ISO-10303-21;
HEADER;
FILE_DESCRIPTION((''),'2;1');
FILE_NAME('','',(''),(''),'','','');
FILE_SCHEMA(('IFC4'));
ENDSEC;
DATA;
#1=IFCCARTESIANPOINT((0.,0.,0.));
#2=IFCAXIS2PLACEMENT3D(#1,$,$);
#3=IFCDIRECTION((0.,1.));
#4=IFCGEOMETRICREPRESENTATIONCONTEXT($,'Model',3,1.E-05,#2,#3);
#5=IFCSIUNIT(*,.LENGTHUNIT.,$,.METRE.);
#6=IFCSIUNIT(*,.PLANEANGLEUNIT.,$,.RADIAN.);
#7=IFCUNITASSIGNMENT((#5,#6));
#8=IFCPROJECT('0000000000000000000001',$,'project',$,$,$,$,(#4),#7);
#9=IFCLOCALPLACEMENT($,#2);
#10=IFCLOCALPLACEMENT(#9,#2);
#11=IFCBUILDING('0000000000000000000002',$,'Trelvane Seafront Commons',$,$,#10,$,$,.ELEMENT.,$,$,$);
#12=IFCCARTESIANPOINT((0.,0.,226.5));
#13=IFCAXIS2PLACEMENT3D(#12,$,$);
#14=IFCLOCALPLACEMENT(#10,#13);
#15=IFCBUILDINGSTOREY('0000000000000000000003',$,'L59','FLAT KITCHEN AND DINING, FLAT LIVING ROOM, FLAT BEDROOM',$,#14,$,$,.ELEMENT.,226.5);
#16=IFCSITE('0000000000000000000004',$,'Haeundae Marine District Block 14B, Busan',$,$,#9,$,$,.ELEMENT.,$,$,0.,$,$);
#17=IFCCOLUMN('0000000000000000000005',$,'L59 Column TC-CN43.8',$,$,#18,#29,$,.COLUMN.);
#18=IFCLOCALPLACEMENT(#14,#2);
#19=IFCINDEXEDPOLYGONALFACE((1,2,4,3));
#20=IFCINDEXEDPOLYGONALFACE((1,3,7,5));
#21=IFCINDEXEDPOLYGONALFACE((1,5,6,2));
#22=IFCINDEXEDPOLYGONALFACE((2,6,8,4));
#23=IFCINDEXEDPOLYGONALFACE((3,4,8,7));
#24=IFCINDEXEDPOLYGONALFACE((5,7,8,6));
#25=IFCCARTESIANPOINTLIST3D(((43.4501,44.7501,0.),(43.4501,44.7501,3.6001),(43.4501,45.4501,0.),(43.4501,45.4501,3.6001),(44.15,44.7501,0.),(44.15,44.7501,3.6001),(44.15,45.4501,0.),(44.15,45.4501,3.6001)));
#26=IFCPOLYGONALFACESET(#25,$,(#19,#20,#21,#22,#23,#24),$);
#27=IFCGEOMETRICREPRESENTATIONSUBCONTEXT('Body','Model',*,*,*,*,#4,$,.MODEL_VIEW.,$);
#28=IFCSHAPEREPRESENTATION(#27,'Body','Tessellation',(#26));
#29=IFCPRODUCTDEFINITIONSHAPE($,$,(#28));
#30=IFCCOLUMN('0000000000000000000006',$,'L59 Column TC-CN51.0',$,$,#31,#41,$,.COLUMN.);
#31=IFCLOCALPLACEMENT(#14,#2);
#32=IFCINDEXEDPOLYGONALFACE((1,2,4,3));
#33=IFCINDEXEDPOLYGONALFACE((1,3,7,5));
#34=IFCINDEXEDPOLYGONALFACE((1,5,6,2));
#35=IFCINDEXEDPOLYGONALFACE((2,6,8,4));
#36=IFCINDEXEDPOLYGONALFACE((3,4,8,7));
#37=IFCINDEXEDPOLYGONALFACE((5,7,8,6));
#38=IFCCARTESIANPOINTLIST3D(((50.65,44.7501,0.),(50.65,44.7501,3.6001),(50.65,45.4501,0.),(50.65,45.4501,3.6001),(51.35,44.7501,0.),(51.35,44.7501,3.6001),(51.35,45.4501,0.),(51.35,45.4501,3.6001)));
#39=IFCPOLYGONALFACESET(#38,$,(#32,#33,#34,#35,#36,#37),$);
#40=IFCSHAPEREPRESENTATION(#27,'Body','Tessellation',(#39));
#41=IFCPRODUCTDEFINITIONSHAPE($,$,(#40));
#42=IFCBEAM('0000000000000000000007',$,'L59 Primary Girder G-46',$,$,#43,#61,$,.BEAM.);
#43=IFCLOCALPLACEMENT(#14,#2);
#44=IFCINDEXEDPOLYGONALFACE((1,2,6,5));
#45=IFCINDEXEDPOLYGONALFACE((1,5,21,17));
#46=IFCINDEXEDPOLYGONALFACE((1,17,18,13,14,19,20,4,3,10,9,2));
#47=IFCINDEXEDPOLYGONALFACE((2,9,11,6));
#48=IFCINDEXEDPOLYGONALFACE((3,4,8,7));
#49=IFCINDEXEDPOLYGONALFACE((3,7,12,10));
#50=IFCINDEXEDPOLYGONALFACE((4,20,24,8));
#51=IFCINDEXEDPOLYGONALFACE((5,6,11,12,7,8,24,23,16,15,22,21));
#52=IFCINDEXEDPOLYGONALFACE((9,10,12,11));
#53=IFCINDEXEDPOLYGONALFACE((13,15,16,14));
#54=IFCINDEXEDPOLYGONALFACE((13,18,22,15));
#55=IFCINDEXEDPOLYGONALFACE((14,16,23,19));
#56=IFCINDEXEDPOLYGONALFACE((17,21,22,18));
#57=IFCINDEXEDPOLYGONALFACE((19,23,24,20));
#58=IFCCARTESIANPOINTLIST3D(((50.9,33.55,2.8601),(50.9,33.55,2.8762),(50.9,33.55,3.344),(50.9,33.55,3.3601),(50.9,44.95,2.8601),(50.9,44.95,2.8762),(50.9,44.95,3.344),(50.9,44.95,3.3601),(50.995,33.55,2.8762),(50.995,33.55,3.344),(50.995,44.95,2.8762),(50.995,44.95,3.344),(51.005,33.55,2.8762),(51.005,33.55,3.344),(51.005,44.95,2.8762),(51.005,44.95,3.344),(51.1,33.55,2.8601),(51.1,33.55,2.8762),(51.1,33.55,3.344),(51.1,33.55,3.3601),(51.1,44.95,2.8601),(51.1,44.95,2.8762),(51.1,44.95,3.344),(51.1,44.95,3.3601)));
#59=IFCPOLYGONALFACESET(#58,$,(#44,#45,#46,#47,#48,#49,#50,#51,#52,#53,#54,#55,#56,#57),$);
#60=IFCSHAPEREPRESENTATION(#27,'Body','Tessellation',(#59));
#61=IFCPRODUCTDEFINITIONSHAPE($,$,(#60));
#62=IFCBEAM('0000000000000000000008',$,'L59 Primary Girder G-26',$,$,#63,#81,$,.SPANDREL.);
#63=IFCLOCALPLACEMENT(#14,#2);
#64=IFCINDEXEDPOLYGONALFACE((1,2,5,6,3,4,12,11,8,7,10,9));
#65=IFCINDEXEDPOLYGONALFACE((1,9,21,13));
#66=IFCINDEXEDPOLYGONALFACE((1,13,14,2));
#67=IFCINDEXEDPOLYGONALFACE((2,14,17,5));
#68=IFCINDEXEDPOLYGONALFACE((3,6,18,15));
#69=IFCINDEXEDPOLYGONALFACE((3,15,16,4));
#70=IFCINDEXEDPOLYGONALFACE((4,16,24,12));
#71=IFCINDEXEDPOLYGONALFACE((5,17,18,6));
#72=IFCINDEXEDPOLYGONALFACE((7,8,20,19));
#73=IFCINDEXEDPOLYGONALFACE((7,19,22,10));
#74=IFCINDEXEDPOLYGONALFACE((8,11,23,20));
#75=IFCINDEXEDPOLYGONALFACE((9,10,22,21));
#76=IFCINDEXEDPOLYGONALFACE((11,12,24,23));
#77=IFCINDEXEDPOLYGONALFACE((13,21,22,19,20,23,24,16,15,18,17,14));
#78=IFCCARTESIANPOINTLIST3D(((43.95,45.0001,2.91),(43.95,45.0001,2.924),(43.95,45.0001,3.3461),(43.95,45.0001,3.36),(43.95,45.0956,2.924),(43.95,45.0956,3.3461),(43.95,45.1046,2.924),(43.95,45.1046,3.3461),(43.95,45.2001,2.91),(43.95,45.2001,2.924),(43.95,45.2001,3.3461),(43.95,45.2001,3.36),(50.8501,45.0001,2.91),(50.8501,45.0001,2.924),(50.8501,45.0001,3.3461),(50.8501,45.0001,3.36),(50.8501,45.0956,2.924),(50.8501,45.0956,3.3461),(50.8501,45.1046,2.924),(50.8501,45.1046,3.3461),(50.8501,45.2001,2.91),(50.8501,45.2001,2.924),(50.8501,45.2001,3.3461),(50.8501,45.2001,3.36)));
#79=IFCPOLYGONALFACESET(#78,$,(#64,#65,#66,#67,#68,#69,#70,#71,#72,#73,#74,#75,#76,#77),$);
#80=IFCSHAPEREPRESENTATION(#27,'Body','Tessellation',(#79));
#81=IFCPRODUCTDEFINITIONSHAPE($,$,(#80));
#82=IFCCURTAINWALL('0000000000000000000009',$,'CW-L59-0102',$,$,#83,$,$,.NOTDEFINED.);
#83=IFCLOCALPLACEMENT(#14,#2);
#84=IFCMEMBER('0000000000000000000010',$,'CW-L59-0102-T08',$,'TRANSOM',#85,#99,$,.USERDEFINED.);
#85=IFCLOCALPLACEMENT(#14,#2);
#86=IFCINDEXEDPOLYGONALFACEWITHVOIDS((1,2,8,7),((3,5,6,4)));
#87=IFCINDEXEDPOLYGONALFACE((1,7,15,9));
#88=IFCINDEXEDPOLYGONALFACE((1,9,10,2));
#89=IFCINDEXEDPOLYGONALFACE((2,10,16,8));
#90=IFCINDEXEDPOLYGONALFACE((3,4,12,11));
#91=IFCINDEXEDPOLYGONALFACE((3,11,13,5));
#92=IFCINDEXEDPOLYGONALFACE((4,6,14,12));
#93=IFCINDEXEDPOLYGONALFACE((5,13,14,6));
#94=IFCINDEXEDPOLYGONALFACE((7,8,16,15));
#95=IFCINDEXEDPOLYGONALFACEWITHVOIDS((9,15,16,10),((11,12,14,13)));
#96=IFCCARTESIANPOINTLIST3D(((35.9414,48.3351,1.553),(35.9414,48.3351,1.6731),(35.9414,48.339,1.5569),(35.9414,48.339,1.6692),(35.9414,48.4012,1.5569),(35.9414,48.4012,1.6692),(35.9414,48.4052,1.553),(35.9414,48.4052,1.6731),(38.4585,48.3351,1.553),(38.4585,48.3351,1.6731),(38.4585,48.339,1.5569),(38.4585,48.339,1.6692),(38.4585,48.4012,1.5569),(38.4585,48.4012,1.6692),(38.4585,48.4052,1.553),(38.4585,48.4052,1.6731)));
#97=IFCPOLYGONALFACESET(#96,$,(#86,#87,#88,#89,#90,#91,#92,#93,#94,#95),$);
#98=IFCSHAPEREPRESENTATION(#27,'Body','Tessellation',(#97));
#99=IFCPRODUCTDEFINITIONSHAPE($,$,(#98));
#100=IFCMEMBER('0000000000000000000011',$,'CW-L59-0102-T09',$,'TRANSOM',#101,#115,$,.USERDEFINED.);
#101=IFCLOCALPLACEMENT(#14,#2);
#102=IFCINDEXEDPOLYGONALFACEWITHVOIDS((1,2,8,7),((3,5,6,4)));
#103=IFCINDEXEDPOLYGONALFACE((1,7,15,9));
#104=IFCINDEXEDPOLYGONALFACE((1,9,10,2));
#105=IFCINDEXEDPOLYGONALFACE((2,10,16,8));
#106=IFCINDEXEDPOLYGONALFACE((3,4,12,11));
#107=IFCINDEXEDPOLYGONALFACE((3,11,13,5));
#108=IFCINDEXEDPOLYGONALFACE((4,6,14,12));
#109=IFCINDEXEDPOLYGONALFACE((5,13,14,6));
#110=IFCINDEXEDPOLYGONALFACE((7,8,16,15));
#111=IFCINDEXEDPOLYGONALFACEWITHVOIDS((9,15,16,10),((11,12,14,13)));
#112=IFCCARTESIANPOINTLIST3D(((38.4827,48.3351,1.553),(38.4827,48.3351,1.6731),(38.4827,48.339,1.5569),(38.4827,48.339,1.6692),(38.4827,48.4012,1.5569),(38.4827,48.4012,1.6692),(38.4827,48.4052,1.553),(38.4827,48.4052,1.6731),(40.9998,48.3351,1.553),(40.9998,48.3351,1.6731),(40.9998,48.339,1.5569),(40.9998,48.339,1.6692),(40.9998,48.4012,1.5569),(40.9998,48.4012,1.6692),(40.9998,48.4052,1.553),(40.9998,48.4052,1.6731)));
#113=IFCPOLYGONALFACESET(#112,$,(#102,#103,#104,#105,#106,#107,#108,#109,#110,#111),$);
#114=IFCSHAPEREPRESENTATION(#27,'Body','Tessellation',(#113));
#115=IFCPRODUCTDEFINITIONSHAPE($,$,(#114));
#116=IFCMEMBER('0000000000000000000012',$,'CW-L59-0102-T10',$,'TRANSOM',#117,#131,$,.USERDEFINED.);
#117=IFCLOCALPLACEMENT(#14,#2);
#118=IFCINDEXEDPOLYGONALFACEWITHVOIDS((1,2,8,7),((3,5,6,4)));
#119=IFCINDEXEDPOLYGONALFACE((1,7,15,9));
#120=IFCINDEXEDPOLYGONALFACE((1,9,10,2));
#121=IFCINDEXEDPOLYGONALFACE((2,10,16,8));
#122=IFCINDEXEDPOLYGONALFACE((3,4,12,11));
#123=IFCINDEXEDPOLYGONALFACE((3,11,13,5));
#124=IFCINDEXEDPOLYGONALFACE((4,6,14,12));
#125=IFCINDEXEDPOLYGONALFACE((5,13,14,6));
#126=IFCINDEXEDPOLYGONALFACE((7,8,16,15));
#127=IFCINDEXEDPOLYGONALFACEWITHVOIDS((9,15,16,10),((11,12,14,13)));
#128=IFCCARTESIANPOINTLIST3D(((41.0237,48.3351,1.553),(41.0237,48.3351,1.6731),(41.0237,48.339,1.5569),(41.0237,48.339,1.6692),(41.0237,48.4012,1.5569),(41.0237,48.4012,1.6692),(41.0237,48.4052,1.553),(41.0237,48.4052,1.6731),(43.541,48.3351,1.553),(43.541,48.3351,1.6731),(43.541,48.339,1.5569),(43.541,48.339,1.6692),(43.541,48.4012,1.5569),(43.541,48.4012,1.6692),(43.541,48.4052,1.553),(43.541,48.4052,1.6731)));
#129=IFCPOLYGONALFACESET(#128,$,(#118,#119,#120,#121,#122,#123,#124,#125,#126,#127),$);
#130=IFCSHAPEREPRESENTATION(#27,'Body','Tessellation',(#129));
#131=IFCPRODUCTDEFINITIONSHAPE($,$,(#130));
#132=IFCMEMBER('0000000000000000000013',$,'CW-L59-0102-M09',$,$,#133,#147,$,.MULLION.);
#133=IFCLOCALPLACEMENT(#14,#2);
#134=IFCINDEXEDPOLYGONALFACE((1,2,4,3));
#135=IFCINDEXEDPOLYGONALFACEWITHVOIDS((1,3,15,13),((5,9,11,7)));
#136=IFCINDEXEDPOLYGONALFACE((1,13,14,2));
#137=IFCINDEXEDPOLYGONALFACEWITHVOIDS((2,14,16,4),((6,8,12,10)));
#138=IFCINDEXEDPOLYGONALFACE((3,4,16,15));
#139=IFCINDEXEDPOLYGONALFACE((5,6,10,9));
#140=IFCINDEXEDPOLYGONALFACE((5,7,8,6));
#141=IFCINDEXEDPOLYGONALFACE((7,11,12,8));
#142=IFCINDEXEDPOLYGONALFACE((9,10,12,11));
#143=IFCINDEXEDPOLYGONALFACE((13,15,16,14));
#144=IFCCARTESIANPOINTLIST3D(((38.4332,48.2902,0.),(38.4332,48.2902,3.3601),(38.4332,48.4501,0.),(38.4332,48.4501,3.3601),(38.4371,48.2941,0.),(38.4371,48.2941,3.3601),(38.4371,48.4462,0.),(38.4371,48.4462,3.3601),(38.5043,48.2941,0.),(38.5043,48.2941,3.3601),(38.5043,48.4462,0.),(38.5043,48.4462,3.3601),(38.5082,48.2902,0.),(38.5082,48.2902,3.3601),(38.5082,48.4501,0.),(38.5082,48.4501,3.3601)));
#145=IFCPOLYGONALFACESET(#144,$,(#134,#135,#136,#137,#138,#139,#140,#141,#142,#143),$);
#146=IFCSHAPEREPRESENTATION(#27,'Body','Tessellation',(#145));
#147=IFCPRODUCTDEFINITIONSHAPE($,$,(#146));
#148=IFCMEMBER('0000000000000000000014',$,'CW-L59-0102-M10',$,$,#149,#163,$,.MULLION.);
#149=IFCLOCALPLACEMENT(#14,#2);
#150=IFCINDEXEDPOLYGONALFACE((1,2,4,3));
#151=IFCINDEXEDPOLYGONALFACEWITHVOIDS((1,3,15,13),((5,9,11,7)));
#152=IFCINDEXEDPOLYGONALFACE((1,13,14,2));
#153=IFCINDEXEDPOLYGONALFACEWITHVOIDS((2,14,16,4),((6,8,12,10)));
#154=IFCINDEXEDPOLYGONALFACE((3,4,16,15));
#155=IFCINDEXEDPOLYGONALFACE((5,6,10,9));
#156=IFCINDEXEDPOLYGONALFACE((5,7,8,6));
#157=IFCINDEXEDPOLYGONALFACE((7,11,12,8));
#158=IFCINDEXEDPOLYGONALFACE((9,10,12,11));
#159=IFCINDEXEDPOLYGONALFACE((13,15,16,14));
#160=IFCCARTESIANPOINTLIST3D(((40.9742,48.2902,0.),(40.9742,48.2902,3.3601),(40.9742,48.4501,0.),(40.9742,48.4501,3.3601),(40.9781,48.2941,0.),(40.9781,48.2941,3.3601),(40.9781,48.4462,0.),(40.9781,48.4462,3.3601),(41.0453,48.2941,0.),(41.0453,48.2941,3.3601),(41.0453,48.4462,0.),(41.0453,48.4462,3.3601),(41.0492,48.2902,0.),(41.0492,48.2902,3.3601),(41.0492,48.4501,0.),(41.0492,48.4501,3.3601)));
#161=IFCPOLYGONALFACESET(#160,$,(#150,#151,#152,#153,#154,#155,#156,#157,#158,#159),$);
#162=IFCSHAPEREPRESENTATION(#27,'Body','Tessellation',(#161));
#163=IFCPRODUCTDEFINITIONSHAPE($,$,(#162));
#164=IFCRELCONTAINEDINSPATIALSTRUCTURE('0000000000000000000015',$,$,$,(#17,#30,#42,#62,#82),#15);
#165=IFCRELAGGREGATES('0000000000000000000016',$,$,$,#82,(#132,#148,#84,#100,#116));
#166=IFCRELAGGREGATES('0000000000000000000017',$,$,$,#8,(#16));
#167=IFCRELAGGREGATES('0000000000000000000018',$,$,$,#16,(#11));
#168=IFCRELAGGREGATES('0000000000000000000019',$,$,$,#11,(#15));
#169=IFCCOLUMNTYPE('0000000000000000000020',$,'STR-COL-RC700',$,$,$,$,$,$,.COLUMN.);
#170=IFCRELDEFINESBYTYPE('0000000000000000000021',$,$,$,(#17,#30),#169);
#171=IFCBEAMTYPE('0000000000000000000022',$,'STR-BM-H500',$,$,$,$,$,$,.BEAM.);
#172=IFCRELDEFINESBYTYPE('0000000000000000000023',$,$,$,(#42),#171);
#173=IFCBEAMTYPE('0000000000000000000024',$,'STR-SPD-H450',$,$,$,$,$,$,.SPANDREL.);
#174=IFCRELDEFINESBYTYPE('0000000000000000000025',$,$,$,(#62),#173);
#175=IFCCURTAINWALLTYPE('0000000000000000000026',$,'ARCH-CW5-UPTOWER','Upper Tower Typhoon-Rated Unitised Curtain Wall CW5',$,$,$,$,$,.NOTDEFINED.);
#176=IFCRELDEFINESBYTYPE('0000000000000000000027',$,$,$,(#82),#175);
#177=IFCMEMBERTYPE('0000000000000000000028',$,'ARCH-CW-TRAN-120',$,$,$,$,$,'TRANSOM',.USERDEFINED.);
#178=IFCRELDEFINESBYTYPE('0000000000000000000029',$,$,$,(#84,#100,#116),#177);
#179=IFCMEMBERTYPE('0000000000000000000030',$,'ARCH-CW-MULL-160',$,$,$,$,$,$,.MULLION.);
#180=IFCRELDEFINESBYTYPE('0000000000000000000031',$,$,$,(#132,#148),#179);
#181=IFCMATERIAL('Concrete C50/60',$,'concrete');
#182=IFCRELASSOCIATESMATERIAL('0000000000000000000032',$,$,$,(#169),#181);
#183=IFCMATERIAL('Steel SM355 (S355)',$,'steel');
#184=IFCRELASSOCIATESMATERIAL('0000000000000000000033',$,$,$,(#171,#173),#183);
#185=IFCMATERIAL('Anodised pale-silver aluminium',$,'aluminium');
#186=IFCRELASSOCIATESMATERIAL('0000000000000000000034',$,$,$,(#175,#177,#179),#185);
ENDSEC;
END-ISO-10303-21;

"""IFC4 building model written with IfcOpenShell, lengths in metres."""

from ifc_helpers import new_model, si_unit, direction, frame, origin, origin_2d, place, context, subcontext, project, spatial, rectangle, hollow_rectangle, i_section, extrude, source, transform, mapped, material, material_profile, profile_set, type_object, element, aggregate, save


model = new_model("IFC4")

# Units and contexts
model_context = context("Model", 3, precision=1e-05, world=origin(), true_north=direction((0.0, 1.0)))
body_context = subcontext(model_context, "Body", "Model", "MODEL_VIEW")
ifc_project = project(units=[si_unit("LENGTHUNIT", "METRE"), si_unit("PLANEANGLEUNIT", "RADIAN")], contexts=[model_context])

# Site, building, storey
site_placement = place(None, origin())
site = spatial("IfcSite", under=ifc_project, at=site_placement, Name="Haeundae Marine District Block 14B, Busan", CompositionType="ELEMENT", RefElevation=0.0)
building_placement = place(site_placement, origin())
building = spatial("IfcBuilding", under=site, at=building_placement, Name="Trelvane Seafront Commons", CompositionType="ELEMENT")
storey_placement = place(building_placement, frame((0.0, 0.0, 226.5)))
storey = spatial("IfcBuildingStorey", under=building, at=storey_placement, Name="L59", Description="FLAT KITCHEN AND DINING, FLAT LIVING ROOM, FLAT BEDROOM", CompositionType="ELEMENT", Elevation=226.5)

# Columns
ifc_material_1 = material(Name="Concrete C50/60", Category="concrete")
ifc_material_profile_1 = material_profile(ifc_material_1, rectangle(XDim=0.7, YDim=0.7, at=origin_2d()), Name="RC-700x700")
ifc_profile_set_1 = profile_set([ifc_material_profile_1], Name="Concrete C50/60")
column_type = type_object("IfcColumnType", Name="STR-COL-RC700", PredefinedType="COLUMN", material=ifc_profile_set_1)
shared_shape_1 = source(origin(), body_context, "Body", "SweptSolid", [
    extrude(rectangle(XDim=0.7, YDim=0.7, at=origin_2d()), origin(), (0.0, 0.0, 1.0), 3.6001),
])
for number, where, z_axis, x_axis, name in (
    (1, (43.8, 45.1001, 0.0), (0.0, 0.0, 1.0), (1.0, 0.0, 0.0), "L59 Column TC-CN43.8"),
    (2, (51.0, 45.1001, 0.0), (0.0, 0.0, 1.0), (1.0, 0.0, 0.0), "L59 Column TC-CN51.0"),
):
    element("IfcColumn", number, at=place(storey_placement, frame(where, z_axis=z_axis, x_axis=x_axis)), inside=storey, type_object=column_type, Name=name, PredefinedType="COLUMN", context=body_context, shape_type="MappedRepresentation", body=[
        mapped(shared_shape_1, transform((0.0, 0.0, 0.0), x_axis=(1.0, 0.0, 0.0), y_axis=(0.0, 1.0, 0.0), z_axis=(0.0, 0.0, 1.0), scale=1.0)),
    ])

# Beams
ifc_material_2 = material(Name="Steel SM355 (S355)", Category="steel")
ifc_material_profile_2 = material_profile(ifc_material_2, i_section(OverallWidth=0.2, OverallDepth=0.5, WebThickness=0.01, FlangeThickness=0.0161, at=origin_2d()), Name="H-500x200x10x16")
ifc_profile_set_2 = profile_set([ifc_material_profile_2], Name="Steel SM355 (S355)")
beam_type_1 = type_object("IfcBeamType", Name="STR-BM-H500", PredefinedType="BEAM", material=ifc_profile_set_2)
shared_shape_2 = source(origin(), body_context, "Body", "SweptSolid", [
    extrude(i_section(OverallWidth=0.2, OverallDepth=0.5, WebThickness=0.01, FlangeThickness=0.0161, at=origin_2d()), origin(), (0.0, 0.0, 1.0), 11.3999),
])
beam_1_placement = place(storey_placement, frame((51.0, 33.55, 3.1101), z_axis=(0.0, 1.0, 0.0), x_axis=(-1.0, 0.0, 0.0)))
element("IfcBeam", 3, at=beam_1_placement, inside=storey, type_object=beam_type_1, Name="L59 Primary Girder G-46", PredefinedType="BEAM", context=body_context, shape_type="MappedRepresentation", body=[
    mapped(shared_shape_2, transform((0.0, 0.0, 0.0), x_axis=(1.0, 0.0, 0.0), y_axis=(0.0, 1.0, 0.0), z_axis=(0.0, 0.0, 1.0), scale=1.0)),
])
ifc_material_profile_3 = material_profile(ifc_material_2, i_section(OverallWidth=0.2, OverallDepth=0.45, WebThickness=0.009, FlangeThickness=0.0139, at=origin_2d()), Name="H-450x200x9x14")
ifc_profile_set_3 = profile_set([ifc_material_profile_3], Name="Steel SM355 (S355)")
beam_type_2 = type_object("IfcBeamType", Name="STR-SPD-H450", PredefinedType="SPANDREL", material=ifc_profile_set_3)
shared_shape_3 = source(origin(), body_context, "Body", "SweptSolid", [
    extrude(i_section(OverallWidth=0.2, OverallDepth=0.45, WebThickness=0.009, FlangeThickness=0.0139, at=origin_2d()), origin(), (0.0, 0.0, 1.0), 6.9001),
])
beam_2_placement = place(storey_placement, frame((43.95, 45.1001, 3.135), z_axis=(1.0, 0.0, 0.0), x_axis=(0.0, 1.0, 0.0)))
element("IfcBeam", 4, at=beam_2_placement, inside=storey, type_object=beam_type_2, Name="L59 Primary Girder G-26", PredefinedType="SPANDREL", context=body_context, shape_type="MappedRepresentation", body=[
    mapped(shared_shape_3, transform((0.0, 0.0, 0.0), x_axis=(1.0, 0.0, 0.0), y_axis=(0.0, 1.0, 0.0), z_axis=(0.0, 0.0, 1.0), scale=1.0)),
])

# Curtain wall, members
ifc_material_3 = material(Name="Anodised pale-silver aluminium", Category="aluminium")
curtain_wall_type = type_object("IfcCurtainWallType", Name="ARCH-CW5-UPTOWER", Description="Upper Tower Typhoon-Rated Unitised Curtain Wall CW5", PredefinedType="NOTDEFINED", material=ifc_material_3)
curtain_wall_placement = place(storey_placement, origin())
curtain_wall = element("IfcCurtainWall", 5, at=curtain_wall_placement, inside=storey, type_object=curtain_wall_type, Name="CW-L59-0102", PredefinedType="NOTDEFINED")
ifc_material_profile_4 = material_profile(ifc_material_3, hollow_rectangle(XDim=0.0701, YDim=0.1201, WallThickness=0.0039, at=origin_2d()), Name="TRAN-70x120x4")
ifc_profile_set_4 = profile_set([ifc_material_profile_4], Name="Anodised pale-silver aluminium")
member_type_1 = type_object("IfcMemberType", Name="ARCH-CW-TRAN-120", ElementType="TRANSOM", PredefinedType="USERDEFINED", material=ifc_profile_set_4)
shared_shape_4 = source(origin(), body_context, "Body", "SweptSolid", [
    extrude(hollow_rectangle(XDim=0.0701, YDim=0.1201, WallThickness=0.0039, at=origin_2d()), origin(), (0.0, 0.0, 1.0), 2.5171),
])
member_1_placement = place(storey_placement, frame((35.9414, 48.3701, 1.613), z_axis=(1.0, 0.0, 0.0), x_axis=(0.0, 1.0, 0.0)))
member_1 = element("IfcMember", 6, at=member_1_placement, type_object=member_type_1, Name="CW-L59-0102-T08", ObjectType="TRANSOM", PredefinedType="USERDEFINED", context=body_context, shape_type="MappedRepresentation", body=[
    mapped(shared_shape_4, transform((0.0, 0.0, 0.0), x_axis=(1.0, 0.0, 0.0), y_axis=(0.0, 1.0, 0.0), z_axis=(0.0, 0.0, 1.0), scale=1.0)),
])
member_2_placement = place(storey_placement, frame((38.4827, 48.3701, 1.613), z_axis=(1.0, 0.0, 0.0), x_axis=(0.0, 1.0, 0.0)))
member_2 = element("IfcMember", 7, at=member_2_placement, type_object=member_type_1, Name="CW-L59-0102-T09", ObjectType="TRANSOM", PredefinedType="USERDEFINED", context=body_context, shape_type="MappedRepresentation", body=[
    mapped(shared_shape_4, transform((0.0, 0.0, 0.0), x_axis=(1.0, 0.0, 0.0), y_axis=(0.0, 1.0, 0.0), z_axis=(0.0, 0.0, 1.0), scale=1.0)),
])
shared_shape_5 = source(origin(), body_context, "Body", "SweptSolid", [
    extrude(hollow_rectangle(XDim=0.0701, YDim=0.1201, WallThickness=0.0039, at=origin_2d()), origin(), (0.0, 0.0, 1.0), 2.5173),
])
member_3_placement = place(storey_placement, frame((41.0237, 48.3701, 1.613), z_axis=(1.0, 0.0, 0.0), x_axis=(0.0, 1.0, 0.0)))
member_3 = element("IfcMember", 8, at=member_3_placement, type_object=member_type_1, Name="CW-L59-0102-T10", ObjectType="TRANSOM", PredefinedType="USERDEFINED", context=body_context, shape_type="MappedRepresentation", body=[
    mapped(shared_shape_5, transform((0.0, 0.0, 0.0), x_axis=(1.0, 0.0, 0.0), y_axis=(0.0, 1.0, 0.0), z_axis=(0.0, 0.0, 1.0), scale=1.0)),
])
ifc_material_profile_5 = material_profile(ifc_material_3, hollow_rectangle(XDim=0.075, YDim=0.1599, WallThickness=0.0039, at=origin_2d()), Name="MULL-75x160x4")
ifc_profile_set_5 = profile_set([ifc_material_profile_5], Name="Anodised pale-silver aluminium")
member_type_2 = type_object("IfcMemberType", Name="ARCH-CW-MULL-160", PredefinedType="MULLION", material=ifc_profile_set_5)
shared_shape_6 = source(origin(), body_context, "Body", "SweptSolid", [
    extrude(hollow_rectangle(XDim=0.075, YDim=0.1599, WallThickness=0.0039, at=origin_2d()), origin(), (0.0, 0.0, 1.0), 3.3601),
])
member_4_placement = place(storey_placement, frame((38.4707, 48.3701, 0.0), z_axis=(0.0, 0.0, 1.0), x_axis=(1.0, 0.0, 0.0)))
member_4 = element("IfcMember", 9, at=member_4_placement, type_object=member_type_2, Name="CW-L59-0102-M09", PredefinedType="MULLION", context=body_context, shape_type="MappedRepresentation", body=[
    mapped(shared_shape_6, transform((0.0, 0.0, 0.0), x_axis=(1.0, 0.0, 0.0), y_axis=(0.0, 1.0, 0.0), z_axis=(0.0, 0.0, 1.0), scale=1.0)),
])
member_5_placement = place(storey_placement, frame((41.0117, 48.3701, 0.0), z_axis=(0.0, 0.0, 1.0), x_axis=(1.0, 0.0, 0.0)))
member_5 = element("IfcMember", 10, at=member_5_placement, type_object=member_type_2, Name="CW-L59-0102-M10", PredefinedType="MULLION", context=body_context, shape_type="MappedRepresentation", body=[
    mapped(shared_shape_6, transform((0.0, 0.0, 0.0), x_axis=(1.0, 0.0, 0.0), y_axis=(0.0, 1.0, 0.0), z_axis=(0.0, 0.0, 1.0), scale=1.0)),
])
aggregate(curtain_wall, [member_4, member_5, member_1, member_2, member_3])

save(model, "model.ifc")
